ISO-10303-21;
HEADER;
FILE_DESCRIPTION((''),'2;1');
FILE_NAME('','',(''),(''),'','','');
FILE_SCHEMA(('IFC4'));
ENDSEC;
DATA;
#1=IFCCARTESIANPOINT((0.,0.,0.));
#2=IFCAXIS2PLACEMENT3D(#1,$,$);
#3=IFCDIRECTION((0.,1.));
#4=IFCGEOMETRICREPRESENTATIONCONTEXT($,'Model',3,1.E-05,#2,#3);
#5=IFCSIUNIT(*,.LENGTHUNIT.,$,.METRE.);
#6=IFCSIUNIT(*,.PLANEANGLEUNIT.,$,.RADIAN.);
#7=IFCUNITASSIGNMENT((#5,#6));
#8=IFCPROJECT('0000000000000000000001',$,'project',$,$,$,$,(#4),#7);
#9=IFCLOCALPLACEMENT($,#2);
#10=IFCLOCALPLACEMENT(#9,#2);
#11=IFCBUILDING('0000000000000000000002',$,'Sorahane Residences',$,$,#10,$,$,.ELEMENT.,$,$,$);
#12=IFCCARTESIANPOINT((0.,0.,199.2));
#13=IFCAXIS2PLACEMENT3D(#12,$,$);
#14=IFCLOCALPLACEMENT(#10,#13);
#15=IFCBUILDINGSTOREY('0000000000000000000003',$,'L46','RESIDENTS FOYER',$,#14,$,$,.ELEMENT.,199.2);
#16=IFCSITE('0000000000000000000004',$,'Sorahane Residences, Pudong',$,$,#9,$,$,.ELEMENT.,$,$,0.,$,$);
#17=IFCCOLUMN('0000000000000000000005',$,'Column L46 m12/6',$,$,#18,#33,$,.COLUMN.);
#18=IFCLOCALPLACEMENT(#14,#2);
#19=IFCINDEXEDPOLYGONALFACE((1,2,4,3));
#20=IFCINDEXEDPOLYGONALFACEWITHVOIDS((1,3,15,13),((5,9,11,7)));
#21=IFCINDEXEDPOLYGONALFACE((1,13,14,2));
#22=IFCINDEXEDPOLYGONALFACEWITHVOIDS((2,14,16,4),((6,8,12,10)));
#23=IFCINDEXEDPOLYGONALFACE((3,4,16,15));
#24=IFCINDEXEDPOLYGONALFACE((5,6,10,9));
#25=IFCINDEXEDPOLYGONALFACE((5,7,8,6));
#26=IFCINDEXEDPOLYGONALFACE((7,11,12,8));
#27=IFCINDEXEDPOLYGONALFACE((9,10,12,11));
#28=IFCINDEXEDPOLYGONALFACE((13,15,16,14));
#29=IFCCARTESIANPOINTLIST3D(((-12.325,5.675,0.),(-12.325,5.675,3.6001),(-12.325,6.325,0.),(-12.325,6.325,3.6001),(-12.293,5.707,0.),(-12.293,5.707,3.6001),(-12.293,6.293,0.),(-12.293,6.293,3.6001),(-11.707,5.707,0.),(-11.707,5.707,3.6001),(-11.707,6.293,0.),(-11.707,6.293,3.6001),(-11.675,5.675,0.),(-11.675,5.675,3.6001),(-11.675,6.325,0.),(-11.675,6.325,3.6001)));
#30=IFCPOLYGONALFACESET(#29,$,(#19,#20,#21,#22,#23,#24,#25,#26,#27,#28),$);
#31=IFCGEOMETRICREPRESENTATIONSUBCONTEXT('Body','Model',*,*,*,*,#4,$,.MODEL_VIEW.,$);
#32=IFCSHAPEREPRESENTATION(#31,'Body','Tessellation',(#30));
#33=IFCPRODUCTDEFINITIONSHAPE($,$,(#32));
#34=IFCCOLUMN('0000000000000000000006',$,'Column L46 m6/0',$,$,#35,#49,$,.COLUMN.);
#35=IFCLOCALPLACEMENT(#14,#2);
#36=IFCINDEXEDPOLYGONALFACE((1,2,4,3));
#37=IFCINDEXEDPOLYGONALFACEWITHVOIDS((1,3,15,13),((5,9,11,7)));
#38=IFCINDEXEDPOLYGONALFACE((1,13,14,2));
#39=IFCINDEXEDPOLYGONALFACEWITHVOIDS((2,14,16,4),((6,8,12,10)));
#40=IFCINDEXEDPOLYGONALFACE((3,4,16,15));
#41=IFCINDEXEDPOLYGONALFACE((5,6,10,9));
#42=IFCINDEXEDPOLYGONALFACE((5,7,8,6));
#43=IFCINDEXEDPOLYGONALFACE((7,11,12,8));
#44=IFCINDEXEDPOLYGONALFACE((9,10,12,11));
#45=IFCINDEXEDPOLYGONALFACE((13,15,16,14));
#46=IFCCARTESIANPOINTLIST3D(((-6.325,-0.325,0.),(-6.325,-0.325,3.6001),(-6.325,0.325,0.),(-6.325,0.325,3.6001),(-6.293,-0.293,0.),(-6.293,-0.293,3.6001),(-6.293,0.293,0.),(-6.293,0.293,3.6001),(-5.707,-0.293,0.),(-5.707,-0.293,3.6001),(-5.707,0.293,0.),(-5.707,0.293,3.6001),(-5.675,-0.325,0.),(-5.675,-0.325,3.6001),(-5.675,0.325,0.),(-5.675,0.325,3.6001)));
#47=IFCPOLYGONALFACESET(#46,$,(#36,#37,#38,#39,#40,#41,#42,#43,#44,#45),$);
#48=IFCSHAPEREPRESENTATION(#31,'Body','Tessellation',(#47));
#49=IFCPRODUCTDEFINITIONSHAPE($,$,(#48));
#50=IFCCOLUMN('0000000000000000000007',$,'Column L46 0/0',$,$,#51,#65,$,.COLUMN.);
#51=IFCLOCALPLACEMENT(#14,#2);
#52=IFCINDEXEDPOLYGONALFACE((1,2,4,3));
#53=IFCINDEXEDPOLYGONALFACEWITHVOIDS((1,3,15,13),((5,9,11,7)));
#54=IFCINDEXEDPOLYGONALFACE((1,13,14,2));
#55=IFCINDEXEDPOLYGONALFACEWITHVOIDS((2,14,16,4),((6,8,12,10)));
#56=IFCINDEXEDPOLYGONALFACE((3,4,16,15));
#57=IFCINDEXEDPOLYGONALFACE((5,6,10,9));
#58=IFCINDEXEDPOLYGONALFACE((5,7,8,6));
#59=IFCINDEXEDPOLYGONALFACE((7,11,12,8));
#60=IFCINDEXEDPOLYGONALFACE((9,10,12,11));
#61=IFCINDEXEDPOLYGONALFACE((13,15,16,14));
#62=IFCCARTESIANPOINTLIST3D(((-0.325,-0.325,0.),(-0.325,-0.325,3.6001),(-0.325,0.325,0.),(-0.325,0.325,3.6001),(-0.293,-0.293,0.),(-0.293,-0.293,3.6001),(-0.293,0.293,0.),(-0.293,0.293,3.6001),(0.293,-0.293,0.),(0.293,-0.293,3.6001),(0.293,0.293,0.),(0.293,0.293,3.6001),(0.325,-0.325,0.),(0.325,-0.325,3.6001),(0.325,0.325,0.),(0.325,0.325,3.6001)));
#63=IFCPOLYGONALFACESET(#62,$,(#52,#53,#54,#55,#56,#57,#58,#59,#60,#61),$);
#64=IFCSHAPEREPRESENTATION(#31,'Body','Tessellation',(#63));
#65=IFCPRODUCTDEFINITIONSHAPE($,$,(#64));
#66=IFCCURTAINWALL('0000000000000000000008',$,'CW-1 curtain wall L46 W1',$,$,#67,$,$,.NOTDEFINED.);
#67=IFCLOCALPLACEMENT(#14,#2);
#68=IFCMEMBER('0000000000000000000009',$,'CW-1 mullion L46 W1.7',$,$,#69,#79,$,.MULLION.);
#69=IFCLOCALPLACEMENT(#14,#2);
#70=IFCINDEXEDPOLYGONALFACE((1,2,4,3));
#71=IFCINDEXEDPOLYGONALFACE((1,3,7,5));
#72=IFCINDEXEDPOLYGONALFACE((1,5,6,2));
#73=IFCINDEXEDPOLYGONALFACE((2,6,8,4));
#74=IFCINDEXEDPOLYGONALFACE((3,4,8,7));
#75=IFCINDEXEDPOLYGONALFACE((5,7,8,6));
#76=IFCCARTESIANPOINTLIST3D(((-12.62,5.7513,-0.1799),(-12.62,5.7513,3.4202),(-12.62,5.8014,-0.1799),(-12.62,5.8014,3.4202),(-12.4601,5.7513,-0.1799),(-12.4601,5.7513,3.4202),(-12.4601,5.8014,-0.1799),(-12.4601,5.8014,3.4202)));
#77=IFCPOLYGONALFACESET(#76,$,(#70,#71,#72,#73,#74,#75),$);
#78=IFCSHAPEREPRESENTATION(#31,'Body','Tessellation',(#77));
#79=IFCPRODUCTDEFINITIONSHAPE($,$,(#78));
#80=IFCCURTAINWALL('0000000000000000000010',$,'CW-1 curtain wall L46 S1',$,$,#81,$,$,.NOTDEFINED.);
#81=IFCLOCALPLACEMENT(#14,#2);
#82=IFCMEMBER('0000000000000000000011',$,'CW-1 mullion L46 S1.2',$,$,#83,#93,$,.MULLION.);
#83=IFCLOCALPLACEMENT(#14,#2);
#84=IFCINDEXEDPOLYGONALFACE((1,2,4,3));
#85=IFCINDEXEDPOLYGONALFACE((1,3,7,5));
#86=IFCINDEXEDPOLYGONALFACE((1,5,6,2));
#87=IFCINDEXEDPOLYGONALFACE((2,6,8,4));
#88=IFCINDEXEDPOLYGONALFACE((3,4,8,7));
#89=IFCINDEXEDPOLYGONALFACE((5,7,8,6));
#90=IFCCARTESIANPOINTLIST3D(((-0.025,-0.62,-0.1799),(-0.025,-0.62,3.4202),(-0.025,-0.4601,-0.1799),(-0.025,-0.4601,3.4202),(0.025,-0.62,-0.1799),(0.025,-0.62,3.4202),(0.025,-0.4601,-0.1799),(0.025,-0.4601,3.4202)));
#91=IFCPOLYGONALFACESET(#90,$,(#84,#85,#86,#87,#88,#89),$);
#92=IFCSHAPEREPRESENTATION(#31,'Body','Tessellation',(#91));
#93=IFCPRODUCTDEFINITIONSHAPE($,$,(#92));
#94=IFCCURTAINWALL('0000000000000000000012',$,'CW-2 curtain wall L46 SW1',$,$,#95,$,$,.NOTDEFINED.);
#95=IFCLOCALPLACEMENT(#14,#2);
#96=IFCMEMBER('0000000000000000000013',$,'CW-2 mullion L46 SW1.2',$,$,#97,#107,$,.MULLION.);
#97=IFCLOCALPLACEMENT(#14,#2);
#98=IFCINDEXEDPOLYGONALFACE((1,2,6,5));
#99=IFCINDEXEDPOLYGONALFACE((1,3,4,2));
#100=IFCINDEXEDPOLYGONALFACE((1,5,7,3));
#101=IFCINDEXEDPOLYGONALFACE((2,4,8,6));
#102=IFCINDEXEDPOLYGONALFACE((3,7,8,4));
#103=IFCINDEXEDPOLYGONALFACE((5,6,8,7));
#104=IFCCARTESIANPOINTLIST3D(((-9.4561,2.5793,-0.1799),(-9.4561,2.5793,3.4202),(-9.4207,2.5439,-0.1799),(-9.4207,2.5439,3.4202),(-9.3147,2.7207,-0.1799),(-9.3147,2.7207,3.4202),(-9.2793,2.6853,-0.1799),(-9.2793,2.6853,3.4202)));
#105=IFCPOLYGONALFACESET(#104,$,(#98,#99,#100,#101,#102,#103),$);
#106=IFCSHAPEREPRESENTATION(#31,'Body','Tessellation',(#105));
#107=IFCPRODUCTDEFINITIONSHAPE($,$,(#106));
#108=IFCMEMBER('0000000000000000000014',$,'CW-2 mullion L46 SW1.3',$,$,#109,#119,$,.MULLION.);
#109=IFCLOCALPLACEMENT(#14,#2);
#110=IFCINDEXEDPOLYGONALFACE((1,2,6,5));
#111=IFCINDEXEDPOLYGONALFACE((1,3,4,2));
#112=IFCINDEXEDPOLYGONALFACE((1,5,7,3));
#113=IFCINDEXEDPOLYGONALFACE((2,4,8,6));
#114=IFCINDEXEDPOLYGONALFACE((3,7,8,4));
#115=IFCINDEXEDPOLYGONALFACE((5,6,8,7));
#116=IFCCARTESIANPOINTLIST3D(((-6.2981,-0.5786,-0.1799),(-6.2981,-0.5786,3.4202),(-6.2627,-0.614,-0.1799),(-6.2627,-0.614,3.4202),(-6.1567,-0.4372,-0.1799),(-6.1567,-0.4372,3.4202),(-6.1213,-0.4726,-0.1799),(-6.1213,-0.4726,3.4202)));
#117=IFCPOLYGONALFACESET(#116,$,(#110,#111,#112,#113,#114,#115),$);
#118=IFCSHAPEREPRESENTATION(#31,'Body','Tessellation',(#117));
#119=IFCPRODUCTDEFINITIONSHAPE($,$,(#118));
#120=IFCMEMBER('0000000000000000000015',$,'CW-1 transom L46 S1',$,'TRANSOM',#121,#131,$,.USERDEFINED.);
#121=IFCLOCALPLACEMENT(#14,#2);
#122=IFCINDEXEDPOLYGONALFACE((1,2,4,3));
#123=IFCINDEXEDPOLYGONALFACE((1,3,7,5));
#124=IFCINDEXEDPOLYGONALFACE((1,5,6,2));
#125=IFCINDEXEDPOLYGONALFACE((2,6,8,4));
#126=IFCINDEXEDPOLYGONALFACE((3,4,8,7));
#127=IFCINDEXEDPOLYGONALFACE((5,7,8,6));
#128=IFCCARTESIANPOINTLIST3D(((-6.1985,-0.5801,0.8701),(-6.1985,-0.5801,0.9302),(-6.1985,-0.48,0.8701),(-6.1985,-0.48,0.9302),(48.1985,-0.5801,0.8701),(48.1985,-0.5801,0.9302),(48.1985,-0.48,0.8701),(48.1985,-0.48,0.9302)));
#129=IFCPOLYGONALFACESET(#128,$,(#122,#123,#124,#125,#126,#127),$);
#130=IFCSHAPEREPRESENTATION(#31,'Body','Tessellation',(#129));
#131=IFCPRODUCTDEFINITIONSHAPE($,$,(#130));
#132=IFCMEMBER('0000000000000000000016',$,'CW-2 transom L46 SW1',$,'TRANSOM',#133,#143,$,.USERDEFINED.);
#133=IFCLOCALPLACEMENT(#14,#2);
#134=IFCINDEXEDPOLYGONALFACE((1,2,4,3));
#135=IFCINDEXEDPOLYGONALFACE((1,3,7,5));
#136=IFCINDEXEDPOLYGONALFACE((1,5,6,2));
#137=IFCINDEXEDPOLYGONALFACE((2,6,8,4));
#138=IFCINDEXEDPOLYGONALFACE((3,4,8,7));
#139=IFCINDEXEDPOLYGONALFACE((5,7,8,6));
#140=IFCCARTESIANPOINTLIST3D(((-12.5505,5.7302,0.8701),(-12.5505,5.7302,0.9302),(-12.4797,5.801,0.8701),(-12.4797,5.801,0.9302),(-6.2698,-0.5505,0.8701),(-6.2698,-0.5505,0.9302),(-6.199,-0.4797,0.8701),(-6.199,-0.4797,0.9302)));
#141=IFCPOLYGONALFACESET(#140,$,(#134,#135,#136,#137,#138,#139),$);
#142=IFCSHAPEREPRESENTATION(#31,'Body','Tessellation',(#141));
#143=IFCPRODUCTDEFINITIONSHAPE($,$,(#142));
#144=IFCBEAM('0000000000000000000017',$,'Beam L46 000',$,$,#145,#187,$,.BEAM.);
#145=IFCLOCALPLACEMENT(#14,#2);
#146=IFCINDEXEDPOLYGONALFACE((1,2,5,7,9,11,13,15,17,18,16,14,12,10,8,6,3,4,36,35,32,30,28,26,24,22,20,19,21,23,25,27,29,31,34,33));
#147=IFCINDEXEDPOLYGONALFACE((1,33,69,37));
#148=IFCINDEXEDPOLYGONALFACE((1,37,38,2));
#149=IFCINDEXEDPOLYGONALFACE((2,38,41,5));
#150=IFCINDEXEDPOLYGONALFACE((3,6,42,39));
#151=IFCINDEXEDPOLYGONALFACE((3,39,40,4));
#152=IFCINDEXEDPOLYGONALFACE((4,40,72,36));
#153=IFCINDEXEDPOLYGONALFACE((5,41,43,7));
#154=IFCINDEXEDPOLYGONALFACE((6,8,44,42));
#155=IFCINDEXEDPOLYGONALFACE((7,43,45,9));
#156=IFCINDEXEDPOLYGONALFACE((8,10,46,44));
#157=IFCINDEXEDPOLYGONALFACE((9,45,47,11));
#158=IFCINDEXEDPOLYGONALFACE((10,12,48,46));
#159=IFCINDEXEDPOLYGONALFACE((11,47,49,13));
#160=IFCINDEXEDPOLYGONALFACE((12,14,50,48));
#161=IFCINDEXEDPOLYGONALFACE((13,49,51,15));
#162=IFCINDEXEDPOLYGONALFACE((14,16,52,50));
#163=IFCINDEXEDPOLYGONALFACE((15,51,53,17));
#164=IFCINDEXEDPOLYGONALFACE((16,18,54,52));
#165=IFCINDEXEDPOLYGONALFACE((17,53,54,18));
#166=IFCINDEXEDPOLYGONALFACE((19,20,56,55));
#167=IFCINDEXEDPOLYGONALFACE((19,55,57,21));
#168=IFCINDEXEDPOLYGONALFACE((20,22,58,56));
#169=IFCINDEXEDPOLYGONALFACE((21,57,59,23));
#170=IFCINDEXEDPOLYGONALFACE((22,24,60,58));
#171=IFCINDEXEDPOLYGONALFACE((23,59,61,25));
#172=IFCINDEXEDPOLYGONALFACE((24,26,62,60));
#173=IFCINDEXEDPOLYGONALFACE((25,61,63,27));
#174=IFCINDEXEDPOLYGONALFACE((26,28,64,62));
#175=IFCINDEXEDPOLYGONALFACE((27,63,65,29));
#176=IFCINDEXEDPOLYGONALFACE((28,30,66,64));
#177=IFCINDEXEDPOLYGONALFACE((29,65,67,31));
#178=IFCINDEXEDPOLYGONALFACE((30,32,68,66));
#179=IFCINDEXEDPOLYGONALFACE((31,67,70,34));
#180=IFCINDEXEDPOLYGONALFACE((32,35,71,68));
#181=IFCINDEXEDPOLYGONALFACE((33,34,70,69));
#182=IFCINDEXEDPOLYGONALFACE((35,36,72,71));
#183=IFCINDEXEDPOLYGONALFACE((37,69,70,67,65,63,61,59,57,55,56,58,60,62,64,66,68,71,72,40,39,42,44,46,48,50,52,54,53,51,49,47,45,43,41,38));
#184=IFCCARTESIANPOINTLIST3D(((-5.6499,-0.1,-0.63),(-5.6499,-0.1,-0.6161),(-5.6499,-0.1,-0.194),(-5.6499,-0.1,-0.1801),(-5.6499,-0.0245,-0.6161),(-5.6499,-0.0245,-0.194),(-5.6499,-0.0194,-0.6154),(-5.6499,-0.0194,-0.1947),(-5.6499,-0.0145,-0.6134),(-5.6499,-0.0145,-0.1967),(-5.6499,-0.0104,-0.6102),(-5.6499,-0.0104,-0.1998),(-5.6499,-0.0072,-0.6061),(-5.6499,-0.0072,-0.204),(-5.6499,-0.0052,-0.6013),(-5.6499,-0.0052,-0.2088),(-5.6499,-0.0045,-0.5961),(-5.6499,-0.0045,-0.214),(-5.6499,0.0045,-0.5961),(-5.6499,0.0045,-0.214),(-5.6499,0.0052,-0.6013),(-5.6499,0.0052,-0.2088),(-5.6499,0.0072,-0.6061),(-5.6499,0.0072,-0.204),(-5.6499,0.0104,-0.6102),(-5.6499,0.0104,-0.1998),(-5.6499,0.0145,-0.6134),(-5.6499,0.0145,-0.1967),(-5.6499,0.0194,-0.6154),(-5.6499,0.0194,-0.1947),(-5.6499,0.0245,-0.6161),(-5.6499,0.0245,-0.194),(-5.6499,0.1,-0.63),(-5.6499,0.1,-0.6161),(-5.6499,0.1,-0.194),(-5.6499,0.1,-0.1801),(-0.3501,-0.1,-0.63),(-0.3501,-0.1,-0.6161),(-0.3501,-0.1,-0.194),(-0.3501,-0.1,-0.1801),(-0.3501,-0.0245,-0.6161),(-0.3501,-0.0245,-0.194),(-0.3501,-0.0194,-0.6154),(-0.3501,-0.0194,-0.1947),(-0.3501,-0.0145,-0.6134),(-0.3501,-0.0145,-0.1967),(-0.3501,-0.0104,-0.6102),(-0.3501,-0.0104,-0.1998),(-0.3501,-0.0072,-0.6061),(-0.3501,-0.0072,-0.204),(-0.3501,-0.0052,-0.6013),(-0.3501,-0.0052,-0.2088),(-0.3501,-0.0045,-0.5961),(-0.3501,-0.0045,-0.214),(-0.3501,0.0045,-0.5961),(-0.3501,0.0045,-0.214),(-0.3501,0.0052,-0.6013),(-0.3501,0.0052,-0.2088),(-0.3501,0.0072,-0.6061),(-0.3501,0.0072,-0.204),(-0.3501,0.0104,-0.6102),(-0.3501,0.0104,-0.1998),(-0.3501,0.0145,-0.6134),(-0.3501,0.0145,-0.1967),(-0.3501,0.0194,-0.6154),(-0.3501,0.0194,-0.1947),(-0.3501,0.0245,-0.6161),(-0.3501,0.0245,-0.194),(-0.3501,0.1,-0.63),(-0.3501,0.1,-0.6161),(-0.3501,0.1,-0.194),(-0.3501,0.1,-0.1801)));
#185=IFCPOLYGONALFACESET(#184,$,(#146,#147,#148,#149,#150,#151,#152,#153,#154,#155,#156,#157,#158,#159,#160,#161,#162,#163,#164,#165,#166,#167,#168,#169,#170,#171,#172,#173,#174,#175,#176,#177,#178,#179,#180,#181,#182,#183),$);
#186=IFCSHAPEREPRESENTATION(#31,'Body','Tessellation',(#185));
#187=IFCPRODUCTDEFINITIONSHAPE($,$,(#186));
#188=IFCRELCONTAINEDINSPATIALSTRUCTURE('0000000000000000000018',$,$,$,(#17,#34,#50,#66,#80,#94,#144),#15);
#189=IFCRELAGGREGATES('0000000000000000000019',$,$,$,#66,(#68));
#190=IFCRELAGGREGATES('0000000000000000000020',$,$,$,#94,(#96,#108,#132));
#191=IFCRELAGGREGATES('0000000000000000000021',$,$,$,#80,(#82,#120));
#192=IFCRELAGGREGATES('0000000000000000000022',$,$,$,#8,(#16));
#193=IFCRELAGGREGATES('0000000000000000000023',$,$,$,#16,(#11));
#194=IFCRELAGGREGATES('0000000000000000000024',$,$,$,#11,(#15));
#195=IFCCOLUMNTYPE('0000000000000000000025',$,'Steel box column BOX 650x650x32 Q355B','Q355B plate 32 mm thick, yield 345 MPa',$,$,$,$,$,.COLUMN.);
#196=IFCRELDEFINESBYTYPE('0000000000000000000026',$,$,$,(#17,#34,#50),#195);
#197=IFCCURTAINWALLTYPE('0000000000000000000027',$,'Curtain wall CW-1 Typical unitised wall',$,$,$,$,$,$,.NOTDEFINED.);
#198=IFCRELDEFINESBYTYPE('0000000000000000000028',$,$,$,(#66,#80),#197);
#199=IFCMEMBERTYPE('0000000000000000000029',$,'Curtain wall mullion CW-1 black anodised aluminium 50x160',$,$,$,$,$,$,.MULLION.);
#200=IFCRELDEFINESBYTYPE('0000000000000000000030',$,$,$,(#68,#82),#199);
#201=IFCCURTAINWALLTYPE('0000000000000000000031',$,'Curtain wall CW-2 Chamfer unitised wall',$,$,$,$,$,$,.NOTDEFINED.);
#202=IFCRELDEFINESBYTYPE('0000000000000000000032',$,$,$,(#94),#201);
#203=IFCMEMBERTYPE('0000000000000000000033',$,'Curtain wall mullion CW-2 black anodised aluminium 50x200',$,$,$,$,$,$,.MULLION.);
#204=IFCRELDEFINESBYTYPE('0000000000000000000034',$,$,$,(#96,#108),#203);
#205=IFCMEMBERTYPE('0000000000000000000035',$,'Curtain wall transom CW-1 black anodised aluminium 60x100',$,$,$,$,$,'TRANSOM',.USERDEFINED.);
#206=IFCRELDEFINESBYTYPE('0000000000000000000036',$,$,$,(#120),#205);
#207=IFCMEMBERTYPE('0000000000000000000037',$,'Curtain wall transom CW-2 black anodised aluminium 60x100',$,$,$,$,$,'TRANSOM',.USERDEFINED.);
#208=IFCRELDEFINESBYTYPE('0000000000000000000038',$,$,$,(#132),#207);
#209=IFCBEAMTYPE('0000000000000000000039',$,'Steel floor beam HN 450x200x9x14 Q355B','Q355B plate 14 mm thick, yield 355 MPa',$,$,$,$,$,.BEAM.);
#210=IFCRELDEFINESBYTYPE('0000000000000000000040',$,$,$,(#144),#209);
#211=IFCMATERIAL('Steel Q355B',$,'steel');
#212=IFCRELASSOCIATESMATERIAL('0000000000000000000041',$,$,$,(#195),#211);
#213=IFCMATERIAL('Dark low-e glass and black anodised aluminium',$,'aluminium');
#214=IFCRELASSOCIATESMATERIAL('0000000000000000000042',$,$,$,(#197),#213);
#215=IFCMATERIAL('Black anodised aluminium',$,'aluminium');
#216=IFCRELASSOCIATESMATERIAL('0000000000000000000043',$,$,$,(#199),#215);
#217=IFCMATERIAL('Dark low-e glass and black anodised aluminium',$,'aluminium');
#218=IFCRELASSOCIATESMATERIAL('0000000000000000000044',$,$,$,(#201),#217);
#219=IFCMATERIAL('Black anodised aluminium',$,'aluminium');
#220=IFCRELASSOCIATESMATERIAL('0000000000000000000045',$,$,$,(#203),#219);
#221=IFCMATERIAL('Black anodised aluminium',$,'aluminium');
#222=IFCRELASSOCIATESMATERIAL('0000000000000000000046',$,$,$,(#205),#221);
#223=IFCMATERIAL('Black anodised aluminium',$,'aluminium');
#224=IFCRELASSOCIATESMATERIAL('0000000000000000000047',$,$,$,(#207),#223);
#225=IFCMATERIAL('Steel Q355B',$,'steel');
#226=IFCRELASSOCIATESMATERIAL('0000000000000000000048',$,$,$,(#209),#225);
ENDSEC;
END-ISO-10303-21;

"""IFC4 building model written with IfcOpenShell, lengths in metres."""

from ifc_helpers import new_model, si_unit, direction, frame, origin, origin_2d, place, context, subcontext, project, spatial, rectangle, hollow_rectangle, i_section, extrude, material, material_profile, profile_set, type_object, element, aggregate, save


model = new_model("IFC4")

# Units and contexts
model_context = context("Model", 3, precision=1e-05, world=origin(), true_north=direction((0.0, 1.0)))
body_context = subcontext(model_context, "Body", "Model", "MODEL_VIEW")
ifc_project = project(units=[si_unit("LENGTHUNIT", "METRE"), si_unit("PLANEANGLEUNIT", "RADIAN")], contexts=[model_context])

# Site, building, storey
site_placement = place(None, origin())
site = spatial("IfcSite", under=ifc_project, at=site_placement, Name="Sorahane Residences, Pudong", CompositionType="ELEMENT", RefElevation=0.0)
building_placement = place(site_placement, origin())
building = spatial("IfcBuilding", under=site, at=building_placement, Name="Sorahane Residences", CompositionType="ELEMENT")
storey_placement = place(building_placement, frame((0.0, 0.0, 199.2)))
storey = spatial("IfcBuildingStorey", under=building, at=storey_placement, Name="L46", Description="RESIDENTS FOYER", CompositionType="ELEMENT", Elevation=199.2)

# Columns
ifc_material_1 = material(Name="Steel Q355B", Category="steel")
ifc_material_profile_1 = material_profile(ifc_material_1, hollow_rectangle(XDim=0.6499, YDim=0.6499, WallThickness=0.032, at=origin_2d()), Name="BOX 650x650x32")
ifc_profile_set_1 = profile_set([ifc_material_profile_1], Name="Steel Q355B")
column_type = type_object("IfcColumnType", Name="Steel box column BOX 650x650x32 Q355B", Description="Q355B plate 32 mm thick, yield 345 MPa", PredefinedType="COLUMN", material=ifc_profile_set_1)
for number, where, z_axis, x_axis, name in (
    (1, (-12.0, 6.0, 0.0), (0.0, 0.0, 1.0), (1.0, 0.0, 0.0), "Column L46 m12/6"),
    (2, (-6.0, 0.0, 0.0), (0.0, 0.0, 1.0), (1.0, 0.0, 0.0), "Column L46 m6/0"),
    (3, (0.0, 0.0, 0.0), (0.0, 0.0, 1.0), (1.0, 0.0, 0.0), "Column L46 0/0"),
):
    element("IfcColumn", number, at=place(storey_placement, frame(where, z_axis=z_axis, x_axis=x_axis)), inside=storey, type_object=column_type, Name=name, PredefinedType="COLUMN", context=body_context, shape_type="SweptSolid", body=[
        extrude(hollow_rectangle(XDim=0.6499, YDim=0.6499, WallThickness=0.032, at=origin_2d()), origin(), (0.0, 0.0, 1.0), 3.6001),
    ])

# Curtain walls, members
ifc_material_2 = material(Name="Dark low-e glass and black anodised aluminium", Category="aluminium")
curtain_wall_type_1 = type_object("IfcCurtainWallType", Name="Curtain wall CW-1 Typical unitised wall", PredefinedType="NOTDEFINED", material=ifc_material_2)
curtain_wall_1_placement = place(storey_placement, origin())
curtain_wall_1 = element("IfcCurtainWall", 4, at=curtain_wall_1_placement, inside=storey, type_object=curtain_wall_type_1, Name="CW-1 curtain wall L46 W1", PredefinedType="NOTDEFINED")
ifc_material_3 = material(Name="Black anodised aluminium", Category="aluminium")
ifc_material_profile_2 = material_profile(ifc_material_3, rectangle(XDim=0.1599, YDim=0.05, at=origin_2d()), Name="Curtain wall mullion CW-1 black anodised aluminium 50x160")
ifc_profile_set_2 = profile_set([ifc_material_profile_2], Name="Black anodised aluminium")
member_type_1 = type_object("IfcMemberType", Name="Curtain wall mullion CW-1 black anodised aluminium 50x160", PredefinedType="MULLION", material=ifc_profile_set_2)
member_1_placement = place(storey_placement, frame((-12.54, 5.7764, -0.1799), z_axis=(0.0, 0.0, 1.0), x_axis=(-1.0, 0.0, 0.0)))
member_1 = element("IfcMember", 5, at=member_1_placement, type_object=member_type_1, Name="CW-1 mullion L46 W1.7", PredefinedType="MULLION", context=body_context, shape_type="SweptSolid", body=[
    extrude(rectangle(XDim=0.1599, YDim=0.05, at=origin_2d()), origin(), (0.0, 0.0, 1.0), 3.6001),
])
aggregate(curtain_wall_1, [member_1])
curtain_wall_2_placement = place(storey_placement, origin())
curtain_wall_2 = element("IfcCurtainWall", 6, at=curtain_wall_2_placement, inside=storey, type_object=curtain_wall_type_1, Name="CW-1 curtain wall L46 S1", PredefinedType="NOTDEFINED")
member_2_placement = place(storey_placement, frame((0.0, -0.54, -0.1799), z_axis=(0.0, 0.0, 1.0), x_axis=(0.0, -1.0, 0.0)))
member_2 = element("IfcMember", 7, at=member_2_placement, type_object=member_type_1, Name="CW-1 mullion L46 S1.2", PredefinedType="MULLION", context=body_context, shape_type="SweptSolid", body=[
    extrude(rectangle(XDim=0.1599, YDim=0.05, at=origin_2d()), origin(), (0.0, 0.0, 1.0), 3.6001),
])

# Curtain wall, members
ifc_material_4 = material(Name="Dark low-e glass and black anodised aluminium", Category="aluminium")
curtain_wall_type_2 = type_object("IfcCurtainWallType", Name="Curtain wall CW-2 Chamfer unitised wall", PredefinedType="NOTDEFINED", material=ifc_material_4)
curtain_wall_3_placement = place(storey_placement, origin())
curtain_wall_3 = element("IfcCurtainWall", 8, at=curtain_wall_3_placement, inside=storey, type_object=curtain_wall_type_2, Name="CW-2 curtain wall L46 SW1", PredefinedType="NOTDEFINED")
ifc_material_5 = material(Name="Black anodised aluminium", Category="aluminium")
ifc_material_profile_3 = material_profile(ifc_material_5, rectangle(XDim=0.2, YDim=0.05, at=origin_2d()), Name="Curtain wall mullion CW-2 black anodised aluminium 50x200")
ifc_profile_set_3 = profile_set([ifc_material_profile_3], Name="Black anodised aluminium")
member_type_2 = type_object("IfcMemberType", Name="Curtain wall mullion CW-2 black anodised aluminium 50x200", PredefinedType="MULLION", material=ifc_profile_set_3)
member_3_placement = place(storey_placement, frame((-9.3677, 2.6323, -0.1799), z_axis=(0.0, 0.0, 1.0), x_axis=(-0.707107, -0.707107, 0.0)))
member_3 = element("IfcMember", 9, at=member_3_placement, type_object=member_type_2, Name="CW-2 mullion L46 SW1.2", PredefinedType="MULLION", context=body_context, shape_type="SweptSolid", body=[
    extrude(rectangle(XDim=0.2, YDim=0.05, at=origin_2d()), origin(), (0.0, 0.0, 1.0), 3.6001),
])
member_4_placement = place(storey_placement, frame((-6.2097, -0.5256, -0.1799), z_axis=(0.0, 0.0, 1.0), x_axis=(-0.707107, -0.707107, 0.0)))
member_4 = element("IfcMember", 10, at=member_4_placement, type_object=member_type_2, Name="CW-2 mullion L46 SW1.3", PredefinedType="MULLION", context=body_context, shape_type="SweptSolid", body=[
    extrude(rectangle(XDim=0.2, YDim=0.05, at=origin_2d()), origin(), (0.0, 0.0, 1.0), 3.6001),
])

# Members
ifc_material_6 = material(Name="Black anodised aluminium", Category="aluminium")
ifc_material_profile_4 = material_profile(ifc_material_6, rectangle(XDim=0.1001, YDim=0.0601, at=origin_2d()), Name="Curtain wall transom CW-1 black anodised aluminium 60x100")
ifc_profile_set_4 = profile_set([ifc_material_profile_4], Name="Black anodised aluminium")
member_type_3 = type_object("IfcMemberType", Name="Curtain wall transom CW-1 black anodised aluminium 60x100", ElementType="TRANSOM", PredefinedType="USERDEFINED", material=ifc_profile_set_4)
member_5_placement = place(storey_placement, frame((-6.1985, -0.53, 0.9001), z_axis=(1.0, 0.0, 0.0), x_axis=(0.0, 1.0, 0.0)))
member_5 = element("IfcMember", 11, at=member_5_placement, type_object=member_type_3, Name="CW-1 transom L46 S1", ObjectType="TRANSOM", PredefinedType="USERDEFINED", context=body_context, shape_type="SweptSolid", body=[
    extrude(rectangle(XDim=0.1001, YDim=0.0601, at=origin_2d()), origin(), (0.0, 0.0, 1.0), 54.397),
])
ifc_material_7 = material(Name="Black anodised aluminium", Category="aluminium")
ifc_material_profile_5 = material_profile(ifc_material_7, rectangle(XDim=0.1001, YDim=0.0601, at=origin_2d()), Name="Curtain wall transom CW-2 black anodised aluminium 60x100")
ifc_profile_set_5 = profile_set([ifc_material_profile_5], Name="Black anodised aluminium")
member_type_4 = type_object("IfcMemberType", Name="Curtain wall transom CW-2 black anodised aluminium 60x100", ElementType="TRANSOM", PredefinedType="USERDEFINED", material=ifc_profile_set_5)
member_6_placement = place(storey_placement, frame((-12.5151, 5.7656, 0.9001), z_axis=(0.707107, -0.707107, 0.0), x_axis=(0.707107, 0.707107, 0.0)))
member_6 = element("IfcMember", 12, at=member_6_placement, type_object=member_type_4, Name="CW-2 transom L46 SW1", ObjectType="TRANSOM", PredefinedType="USERDEFINED", context=body_context, shape_type="SweptSolid", body=[
    extrude(rectangle(XDim=0.1001, YDim=0.0601, at=origin_2d()), origin(), (0.0, 0.0, 1.0), 8.8823),
])

# Beam
ifc_material_8 = material(Name="Steel Q355B", Category="steel")
ifc_material_profile_6 = material_profile(ifc_material_8, i_section(OverallWidth=0.2, OverallDepth=0.45, WebThickness=0.009, FlangeThickness=0.0139, FilletRadius=0.02, at=origin_2d()), Name="HN 450x200x9x14")
ifc_profile_set_6 = profile_set([ifc_material_profile_6], Name="Steel Q355B")
beam_type_1 = type_object("IfcBeamType", Name="Steel floor beam HN 450x200x9x14 Q355B", Description="Q355B plate 14 mm thick, yield 355 MPa", PredefinedType="BEAM", material=ifc_profile_set_6)
beam_1_placement = place(storey_placement, frame((-5.6499, 0.0, -0.405), z_axis=(1.0, 0.0, 0.0), x_axis=(0.0, 1.0, 0.0)))
element("IfcBeam", 13, at=beam_1_placement, inside=storey, type_object=beam_type_1, Name="Beam L46 000", PredefinedType="BEAM", context=body_context, shape_type="SweptSolid", body=[
    extrude(i_section(OverallWidth=0.2, OverallDepth=0.45, WebThickness=0.009, FlangeThickness=0.0139, FilletRadius=0.02, at=origin_2d()), origin(), (0.0, 0.0, 1.0), 5.2998),
])

aggregate(curtain_wall_3, [member_3, member_4, member_6])
aggregate(curtain_wall_2, [member_2, member_5])

save(model, "model.ifc")
